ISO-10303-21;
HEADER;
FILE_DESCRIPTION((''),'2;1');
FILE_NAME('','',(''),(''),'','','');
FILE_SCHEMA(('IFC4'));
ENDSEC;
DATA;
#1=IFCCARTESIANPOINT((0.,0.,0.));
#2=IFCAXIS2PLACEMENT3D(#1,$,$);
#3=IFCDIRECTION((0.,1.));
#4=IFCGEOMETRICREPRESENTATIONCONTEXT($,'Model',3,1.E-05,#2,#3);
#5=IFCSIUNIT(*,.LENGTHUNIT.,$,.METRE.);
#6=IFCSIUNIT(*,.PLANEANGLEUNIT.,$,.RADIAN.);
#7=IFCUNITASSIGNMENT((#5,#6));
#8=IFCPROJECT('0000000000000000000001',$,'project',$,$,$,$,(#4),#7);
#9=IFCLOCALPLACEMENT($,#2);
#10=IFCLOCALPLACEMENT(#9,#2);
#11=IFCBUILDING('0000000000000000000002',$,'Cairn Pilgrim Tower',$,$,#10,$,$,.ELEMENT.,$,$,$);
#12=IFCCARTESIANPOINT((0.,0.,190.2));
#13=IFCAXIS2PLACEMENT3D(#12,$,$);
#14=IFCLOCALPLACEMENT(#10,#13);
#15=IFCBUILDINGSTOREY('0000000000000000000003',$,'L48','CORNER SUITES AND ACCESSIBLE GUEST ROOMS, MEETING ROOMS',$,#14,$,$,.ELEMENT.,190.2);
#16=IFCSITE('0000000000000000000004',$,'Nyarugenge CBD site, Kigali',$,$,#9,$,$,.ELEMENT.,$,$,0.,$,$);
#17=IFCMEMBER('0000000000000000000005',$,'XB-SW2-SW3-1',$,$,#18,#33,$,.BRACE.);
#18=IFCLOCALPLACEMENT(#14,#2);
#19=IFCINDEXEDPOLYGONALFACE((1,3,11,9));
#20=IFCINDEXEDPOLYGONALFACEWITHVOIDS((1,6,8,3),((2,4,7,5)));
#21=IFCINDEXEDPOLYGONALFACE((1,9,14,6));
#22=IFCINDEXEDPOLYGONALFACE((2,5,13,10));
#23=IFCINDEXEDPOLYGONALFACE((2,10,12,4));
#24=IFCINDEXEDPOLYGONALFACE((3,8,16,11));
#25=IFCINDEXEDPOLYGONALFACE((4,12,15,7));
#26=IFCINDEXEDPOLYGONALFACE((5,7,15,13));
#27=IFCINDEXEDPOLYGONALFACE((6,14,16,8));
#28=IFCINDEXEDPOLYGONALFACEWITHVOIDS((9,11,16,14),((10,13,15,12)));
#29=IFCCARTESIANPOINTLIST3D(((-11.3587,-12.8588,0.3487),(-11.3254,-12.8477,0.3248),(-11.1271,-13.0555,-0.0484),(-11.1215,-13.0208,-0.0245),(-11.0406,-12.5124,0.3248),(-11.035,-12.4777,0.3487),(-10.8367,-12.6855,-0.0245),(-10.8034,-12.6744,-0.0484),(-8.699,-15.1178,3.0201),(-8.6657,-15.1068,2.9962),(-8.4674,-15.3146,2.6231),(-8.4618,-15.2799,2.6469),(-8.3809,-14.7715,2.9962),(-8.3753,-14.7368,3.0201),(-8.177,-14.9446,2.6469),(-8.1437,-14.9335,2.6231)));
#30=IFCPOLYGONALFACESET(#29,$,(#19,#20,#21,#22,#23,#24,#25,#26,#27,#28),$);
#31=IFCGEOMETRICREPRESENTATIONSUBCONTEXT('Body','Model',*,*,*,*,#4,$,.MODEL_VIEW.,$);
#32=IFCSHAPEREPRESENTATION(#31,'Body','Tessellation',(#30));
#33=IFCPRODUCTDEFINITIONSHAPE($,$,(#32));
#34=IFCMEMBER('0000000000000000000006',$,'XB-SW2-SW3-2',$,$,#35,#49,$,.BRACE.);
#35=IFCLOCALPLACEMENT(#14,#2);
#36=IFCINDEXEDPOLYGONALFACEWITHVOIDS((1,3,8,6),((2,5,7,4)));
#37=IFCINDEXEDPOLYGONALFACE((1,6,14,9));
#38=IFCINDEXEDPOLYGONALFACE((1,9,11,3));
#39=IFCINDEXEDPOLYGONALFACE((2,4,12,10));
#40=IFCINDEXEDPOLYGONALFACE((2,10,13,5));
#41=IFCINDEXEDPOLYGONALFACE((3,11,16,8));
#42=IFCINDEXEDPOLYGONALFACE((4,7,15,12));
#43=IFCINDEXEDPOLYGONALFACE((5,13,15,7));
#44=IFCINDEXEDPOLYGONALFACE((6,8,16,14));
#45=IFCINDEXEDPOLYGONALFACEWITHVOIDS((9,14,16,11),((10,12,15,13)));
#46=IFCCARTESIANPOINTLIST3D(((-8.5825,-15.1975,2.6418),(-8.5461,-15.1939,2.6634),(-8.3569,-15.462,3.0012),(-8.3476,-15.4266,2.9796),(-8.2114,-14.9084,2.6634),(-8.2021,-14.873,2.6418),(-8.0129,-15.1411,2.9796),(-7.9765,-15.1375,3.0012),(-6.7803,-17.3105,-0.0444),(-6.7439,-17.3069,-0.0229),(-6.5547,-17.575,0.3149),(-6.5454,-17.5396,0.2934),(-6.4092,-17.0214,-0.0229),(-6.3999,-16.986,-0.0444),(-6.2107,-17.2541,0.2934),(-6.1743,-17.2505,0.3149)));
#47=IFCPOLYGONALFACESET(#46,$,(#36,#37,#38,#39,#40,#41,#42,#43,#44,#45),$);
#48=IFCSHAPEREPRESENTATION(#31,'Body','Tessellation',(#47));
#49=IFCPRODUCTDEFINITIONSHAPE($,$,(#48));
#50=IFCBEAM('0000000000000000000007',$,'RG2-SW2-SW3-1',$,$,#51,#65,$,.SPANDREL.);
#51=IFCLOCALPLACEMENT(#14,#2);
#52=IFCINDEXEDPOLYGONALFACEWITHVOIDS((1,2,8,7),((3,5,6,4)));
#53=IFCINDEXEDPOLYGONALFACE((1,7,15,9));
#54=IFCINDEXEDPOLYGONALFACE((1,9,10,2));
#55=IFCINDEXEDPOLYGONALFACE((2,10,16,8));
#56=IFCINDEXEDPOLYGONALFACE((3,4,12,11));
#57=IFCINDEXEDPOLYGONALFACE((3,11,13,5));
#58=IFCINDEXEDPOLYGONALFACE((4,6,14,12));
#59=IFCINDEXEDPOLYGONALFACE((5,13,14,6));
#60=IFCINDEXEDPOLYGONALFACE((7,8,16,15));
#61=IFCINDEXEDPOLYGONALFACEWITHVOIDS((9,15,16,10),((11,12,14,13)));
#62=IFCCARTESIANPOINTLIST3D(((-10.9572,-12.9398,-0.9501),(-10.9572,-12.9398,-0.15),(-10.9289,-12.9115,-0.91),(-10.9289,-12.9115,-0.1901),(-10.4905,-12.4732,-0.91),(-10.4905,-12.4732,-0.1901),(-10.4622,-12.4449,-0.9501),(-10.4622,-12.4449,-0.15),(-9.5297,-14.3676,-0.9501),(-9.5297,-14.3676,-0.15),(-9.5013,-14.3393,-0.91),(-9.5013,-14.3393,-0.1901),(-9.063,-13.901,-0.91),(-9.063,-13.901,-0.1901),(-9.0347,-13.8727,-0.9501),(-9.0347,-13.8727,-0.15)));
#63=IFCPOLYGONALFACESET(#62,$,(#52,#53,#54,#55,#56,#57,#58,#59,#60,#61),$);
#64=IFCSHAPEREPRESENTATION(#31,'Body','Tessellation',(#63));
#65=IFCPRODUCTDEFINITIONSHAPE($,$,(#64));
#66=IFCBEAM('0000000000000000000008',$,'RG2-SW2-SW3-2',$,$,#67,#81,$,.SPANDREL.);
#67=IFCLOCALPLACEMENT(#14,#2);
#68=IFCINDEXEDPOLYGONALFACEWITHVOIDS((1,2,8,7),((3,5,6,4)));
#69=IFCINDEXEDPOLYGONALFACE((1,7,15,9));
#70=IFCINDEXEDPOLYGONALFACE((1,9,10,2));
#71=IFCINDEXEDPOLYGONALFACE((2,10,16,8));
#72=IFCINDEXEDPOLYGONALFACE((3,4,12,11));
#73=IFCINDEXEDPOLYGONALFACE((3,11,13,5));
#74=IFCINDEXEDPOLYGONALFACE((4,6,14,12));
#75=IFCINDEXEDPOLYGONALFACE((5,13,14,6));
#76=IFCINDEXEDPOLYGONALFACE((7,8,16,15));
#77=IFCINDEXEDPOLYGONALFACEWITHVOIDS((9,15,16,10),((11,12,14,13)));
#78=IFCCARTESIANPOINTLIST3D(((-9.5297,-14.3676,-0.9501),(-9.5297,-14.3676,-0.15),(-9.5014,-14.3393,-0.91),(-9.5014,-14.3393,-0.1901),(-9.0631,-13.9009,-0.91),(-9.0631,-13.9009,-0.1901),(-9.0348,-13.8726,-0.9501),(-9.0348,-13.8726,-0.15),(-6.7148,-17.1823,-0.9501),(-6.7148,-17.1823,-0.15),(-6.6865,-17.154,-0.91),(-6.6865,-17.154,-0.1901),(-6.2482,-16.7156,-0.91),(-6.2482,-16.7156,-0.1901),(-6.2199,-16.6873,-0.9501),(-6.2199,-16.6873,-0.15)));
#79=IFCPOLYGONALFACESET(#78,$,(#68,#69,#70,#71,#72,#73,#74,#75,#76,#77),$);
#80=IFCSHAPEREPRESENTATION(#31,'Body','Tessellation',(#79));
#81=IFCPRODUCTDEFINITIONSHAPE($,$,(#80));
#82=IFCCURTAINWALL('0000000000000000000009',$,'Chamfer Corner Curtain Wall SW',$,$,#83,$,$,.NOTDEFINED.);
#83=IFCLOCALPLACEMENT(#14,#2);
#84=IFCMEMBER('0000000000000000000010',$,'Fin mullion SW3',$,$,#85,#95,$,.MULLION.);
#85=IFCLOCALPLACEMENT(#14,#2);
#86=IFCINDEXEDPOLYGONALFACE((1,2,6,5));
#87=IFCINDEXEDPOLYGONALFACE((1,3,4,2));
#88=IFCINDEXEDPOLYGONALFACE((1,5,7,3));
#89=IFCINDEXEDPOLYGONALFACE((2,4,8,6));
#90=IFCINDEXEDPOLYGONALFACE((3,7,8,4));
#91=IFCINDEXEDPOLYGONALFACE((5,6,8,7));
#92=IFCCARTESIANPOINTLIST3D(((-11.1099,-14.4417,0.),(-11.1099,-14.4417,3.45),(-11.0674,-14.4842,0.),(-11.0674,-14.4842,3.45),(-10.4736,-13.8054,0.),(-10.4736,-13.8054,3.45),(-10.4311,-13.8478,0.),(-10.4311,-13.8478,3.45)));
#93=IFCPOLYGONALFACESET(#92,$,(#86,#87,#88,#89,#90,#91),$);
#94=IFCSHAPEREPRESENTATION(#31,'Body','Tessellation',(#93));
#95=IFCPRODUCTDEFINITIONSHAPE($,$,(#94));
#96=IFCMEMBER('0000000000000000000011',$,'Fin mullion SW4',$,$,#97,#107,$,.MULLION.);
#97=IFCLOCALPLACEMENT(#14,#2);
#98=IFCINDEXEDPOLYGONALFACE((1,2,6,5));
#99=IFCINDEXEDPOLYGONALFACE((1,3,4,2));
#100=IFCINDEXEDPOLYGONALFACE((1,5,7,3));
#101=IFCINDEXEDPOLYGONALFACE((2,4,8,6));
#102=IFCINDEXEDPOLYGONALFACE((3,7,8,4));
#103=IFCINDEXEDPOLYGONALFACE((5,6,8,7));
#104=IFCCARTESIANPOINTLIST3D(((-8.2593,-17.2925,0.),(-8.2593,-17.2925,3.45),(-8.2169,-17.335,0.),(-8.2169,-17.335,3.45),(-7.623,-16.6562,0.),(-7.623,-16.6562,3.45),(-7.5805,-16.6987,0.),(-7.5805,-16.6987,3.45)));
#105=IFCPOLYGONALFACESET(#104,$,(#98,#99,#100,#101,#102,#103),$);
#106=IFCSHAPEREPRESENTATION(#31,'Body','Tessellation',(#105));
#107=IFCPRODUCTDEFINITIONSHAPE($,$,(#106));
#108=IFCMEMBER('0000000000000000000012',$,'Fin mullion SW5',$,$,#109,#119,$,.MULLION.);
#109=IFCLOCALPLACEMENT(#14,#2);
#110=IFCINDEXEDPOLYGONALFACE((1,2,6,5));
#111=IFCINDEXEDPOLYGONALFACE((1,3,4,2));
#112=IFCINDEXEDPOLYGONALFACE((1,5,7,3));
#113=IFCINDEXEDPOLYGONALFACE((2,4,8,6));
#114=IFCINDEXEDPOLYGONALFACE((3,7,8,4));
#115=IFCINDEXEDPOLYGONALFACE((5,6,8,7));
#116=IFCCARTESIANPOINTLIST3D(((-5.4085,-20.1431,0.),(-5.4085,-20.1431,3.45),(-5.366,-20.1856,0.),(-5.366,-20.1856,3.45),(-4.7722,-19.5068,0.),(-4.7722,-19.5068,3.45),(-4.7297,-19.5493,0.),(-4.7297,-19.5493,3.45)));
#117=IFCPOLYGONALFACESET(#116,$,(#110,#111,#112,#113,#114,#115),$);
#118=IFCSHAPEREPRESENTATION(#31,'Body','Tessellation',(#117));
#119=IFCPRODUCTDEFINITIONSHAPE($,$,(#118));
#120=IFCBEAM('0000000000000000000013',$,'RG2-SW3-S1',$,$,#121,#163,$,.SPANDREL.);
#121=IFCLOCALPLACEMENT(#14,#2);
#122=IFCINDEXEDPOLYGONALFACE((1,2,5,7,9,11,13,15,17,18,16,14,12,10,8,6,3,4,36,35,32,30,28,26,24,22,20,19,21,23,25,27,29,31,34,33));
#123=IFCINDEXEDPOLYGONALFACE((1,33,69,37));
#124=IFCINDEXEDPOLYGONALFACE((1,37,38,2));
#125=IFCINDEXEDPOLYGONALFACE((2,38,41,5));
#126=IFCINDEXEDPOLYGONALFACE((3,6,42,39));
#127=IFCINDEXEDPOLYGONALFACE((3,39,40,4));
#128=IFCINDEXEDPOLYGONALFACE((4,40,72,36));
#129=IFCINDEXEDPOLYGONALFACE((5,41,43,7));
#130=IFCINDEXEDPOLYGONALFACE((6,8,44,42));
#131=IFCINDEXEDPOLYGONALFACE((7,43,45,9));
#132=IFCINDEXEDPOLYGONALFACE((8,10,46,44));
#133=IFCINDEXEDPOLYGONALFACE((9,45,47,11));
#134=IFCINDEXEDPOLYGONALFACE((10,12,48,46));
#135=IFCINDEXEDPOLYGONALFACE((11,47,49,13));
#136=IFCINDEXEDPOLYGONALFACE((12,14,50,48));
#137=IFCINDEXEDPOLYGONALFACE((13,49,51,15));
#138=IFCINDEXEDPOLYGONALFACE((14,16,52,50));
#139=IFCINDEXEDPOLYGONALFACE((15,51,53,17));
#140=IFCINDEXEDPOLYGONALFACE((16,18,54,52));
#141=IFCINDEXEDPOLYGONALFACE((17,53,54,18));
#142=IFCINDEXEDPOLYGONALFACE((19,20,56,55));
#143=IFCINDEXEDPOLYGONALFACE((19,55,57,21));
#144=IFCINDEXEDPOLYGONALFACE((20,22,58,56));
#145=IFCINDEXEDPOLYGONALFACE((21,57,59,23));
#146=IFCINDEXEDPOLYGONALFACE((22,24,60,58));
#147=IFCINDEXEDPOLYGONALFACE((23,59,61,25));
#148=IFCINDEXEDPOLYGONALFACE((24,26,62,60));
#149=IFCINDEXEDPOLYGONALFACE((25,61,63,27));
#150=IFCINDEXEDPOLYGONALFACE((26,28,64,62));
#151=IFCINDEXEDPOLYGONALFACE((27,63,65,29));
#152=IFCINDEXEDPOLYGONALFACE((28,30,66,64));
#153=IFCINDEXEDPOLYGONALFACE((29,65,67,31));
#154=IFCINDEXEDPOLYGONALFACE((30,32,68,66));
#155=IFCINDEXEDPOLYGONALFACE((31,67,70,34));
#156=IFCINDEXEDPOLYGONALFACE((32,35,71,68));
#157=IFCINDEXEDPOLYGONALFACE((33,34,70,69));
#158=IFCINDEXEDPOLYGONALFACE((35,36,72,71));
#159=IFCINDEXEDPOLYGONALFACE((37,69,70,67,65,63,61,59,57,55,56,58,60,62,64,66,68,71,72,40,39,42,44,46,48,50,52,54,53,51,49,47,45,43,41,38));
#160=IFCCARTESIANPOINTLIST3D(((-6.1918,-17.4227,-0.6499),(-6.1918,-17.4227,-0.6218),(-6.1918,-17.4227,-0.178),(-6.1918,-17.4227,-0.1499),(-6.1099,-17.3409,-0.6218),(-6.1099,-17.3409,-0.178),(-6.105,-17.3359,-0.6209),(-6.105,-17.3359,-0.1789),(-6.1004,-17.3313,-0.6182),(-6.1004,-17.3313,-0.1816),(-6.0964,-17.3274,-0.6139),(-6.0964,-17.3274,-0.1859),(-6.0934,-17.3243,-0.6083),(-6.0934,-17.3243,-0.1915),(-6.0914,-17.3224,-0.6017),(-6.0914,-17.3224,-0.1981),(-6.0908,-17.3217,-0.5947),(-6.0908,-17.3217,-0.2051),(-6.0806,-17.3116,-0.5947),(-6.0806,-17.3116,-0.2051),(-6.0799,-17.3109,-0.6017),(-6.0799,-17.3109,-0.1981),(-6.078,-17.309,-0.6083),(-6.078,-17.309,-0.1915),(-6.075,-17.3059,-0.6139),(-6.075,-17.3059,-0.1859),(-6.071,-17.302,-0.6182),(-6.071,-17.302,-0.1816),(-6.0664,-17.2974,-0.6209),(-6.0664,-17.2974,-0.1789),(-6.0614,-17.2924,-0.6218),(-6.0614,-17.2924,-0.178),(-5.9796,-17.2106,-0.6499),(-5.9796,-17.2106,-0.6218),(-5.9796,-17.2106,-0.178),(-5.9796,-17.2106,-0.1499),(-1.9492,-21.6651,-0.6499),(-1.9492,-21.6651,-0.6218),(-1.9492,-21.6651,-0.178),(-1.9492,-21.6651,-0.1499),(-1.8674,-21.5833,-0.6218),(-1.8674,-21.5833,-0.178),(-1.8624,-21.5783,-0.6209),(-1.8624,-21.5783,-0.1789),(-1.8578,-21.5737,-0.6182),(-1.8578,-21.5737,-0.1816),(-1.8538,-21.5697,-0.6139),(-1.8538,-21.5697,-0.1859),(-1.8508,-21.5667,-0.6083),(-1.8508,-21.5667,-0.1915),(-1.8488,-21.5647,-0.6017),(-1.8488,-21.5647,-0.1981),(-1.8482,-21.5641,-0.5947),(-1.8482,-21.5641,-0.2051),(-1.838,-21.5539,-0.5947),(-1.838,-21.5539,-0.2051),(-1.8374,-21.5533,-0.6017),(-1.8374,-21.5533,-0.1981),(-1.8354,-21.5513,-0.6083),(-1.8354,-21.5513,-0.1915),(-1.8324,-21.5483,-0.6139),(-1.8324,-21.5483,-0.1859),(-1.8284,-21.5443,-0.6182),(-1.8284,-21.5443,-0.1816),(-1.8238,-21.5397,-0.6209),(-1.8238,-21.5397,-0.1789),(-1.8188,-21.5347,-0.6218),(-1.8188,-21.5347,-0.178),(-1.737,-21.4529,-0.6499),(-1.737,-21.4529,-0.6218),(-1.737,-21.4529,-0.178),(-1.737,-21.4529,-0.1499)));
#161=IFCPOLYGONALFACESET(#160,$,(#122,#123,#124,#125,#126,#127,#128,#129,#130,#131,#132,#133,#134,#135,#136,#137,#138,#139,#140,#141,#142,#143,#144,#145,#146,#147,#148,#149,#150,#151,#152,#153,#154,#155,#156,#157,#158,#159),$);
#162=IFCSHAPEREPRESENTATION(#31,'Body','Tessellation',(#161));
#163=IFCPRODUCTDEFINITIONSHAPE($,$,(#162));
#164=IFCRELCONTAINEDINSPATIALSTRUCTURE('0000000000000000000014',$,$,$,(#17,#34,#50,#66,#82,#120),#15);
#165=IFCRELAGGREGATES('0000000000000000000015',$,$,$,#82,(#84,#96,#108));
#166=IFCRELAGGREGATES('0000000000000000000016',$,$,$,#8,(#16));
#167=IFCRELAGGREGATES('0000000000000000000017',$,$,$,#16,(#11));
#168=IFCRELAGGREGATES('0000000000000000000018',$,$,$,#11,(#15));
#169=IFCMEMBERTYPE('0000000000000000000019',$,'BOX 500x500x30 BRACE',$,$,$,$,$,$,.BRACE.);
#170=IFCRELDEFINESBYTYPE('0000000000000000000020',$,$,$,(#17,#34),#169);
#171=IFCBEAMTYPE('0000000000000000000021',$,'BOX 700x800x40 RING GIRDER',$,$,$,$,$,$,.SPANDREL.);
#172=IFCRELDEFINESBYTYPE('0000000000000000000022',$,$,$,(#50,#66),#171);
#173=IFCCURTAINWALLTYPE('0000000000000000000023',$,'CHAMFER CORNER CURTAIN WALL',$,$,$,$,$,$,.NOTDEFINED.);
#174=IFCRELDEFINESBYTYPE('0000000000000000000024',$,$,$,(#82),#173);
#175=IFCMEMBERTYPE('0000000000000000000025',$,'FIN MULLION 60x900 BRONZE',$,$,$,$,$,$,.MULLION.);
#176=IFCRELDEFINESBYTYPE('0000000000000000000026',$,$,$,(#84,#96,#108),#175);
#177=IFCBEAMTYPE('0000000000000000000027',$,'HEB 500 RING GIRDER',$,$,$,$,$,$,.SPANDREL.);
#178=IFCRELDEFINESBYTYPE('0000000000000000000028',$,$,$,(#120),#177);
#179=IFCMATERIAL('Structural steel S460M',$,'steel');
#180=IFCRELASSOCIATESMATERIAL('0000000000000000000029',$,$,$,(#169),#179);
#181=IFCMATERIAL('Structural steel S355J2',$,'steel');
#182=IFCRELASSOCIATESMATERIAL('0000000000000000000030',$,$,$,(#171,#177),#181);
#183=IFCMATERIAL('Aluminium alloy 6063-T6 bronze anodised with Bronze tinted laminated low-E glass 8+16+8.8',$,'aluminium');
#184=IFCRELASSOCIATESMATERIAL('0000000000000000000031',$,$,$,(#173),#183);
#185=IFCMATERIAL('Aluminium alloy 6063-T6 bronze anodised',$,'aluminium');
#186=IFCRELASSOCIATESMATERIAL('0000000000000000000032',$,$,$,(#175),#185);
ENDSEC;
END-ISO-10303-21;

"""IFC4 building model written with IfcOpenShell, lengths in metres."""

from ifc_helpers import new_model, si_unit, direction, frame, origin, origin_2d, place, context, subcontext, project, spatial, rectangle, hollow_rectangle, i_section, extrude, material, material_profile, profile_set, type_object, element, aggregate, save


model = new_model("IFC4")

# Units and contexts
model_context = context("Model", 3, precision=1e-05, world=origin(), true_north=direction((0.0, 1.0)))
body_context = subcontext(model_context, "Body", "Model", "MODEL_VIEW")
ifc_project = project(units=[si_unit("LENGTHUNIT", "METRE"), si_unit("PLANEANGLEUNIT", "RADIAN")], contexts=[model_context])

# Site, building, storey
site_placement = place(None, origin())
site = spatial("IfcSite", under=ifc_project, at=site_placement, Name="Nyarugenge CBD site, Kigali", CompositionType="ELEMENT", RefElevation=0.0)
building_placement = place(site_placement, origin())
building = spatial("IfcBuilding", under=site, at=building_placement, Name="Cairn Pilgrim Tower", CompositionType="ELEMENT")
storey_placement = place(building_placement, frame((0.0, 0.0, 190.2)))
storey = spatial("IfcBuildingStorey", under=building, at=storey_placement, Name="L48", Description="CORNER SUITES AND ACCESSIBLE GUEST ROOMS, MEETING ROOMS", CompositionType="ELEMENT", Elevation=190.2)

# Shared definitions
ifc_material_1 = material(Name="Structural steel S460M", Category="steel")

# Members
ifc_material_profile_1 = material_profile(ifc_material_1, hollow_rectangle(XDim=0.5, YDim=0.5, WallThickness=0.03, at=origin_2d()), Name="BOX 500x500x30")
ifc_profile_set_1 = profile_set([ifc_material_profile_1], Name="Structural steel S460M")
member_type_1 = type_object("IfcMemberType", Name="BOX 500x500x30 BRACE", PredefinedType="BRACE", material=ifc_profile_set_1)
member_1_placement = place(storey_placement, frame((-11.0811, -12.7666, 0.1501), z_axis=(0.605199, -0.514036, 0.607866), x_axis=(0.647368, 0.762177, 0.0)))
element("IfcMember", 1, at=member_1_placement, inside=storey, type_object=member_type_1, Name="XB-SW2-SW3-1", PredefinedType="BRACE", context=body_context, shape_type="SweptSolid", body=[
    extrude(hollow_rectangle(XDim=0.5, YDim=0.5, WallThickness=0.03, at=origin_2d()), origin(), (0.0, 0.0, 1.0), 4.3948),
])
member_2_placement = place(storey_placement, frame((-6.4773, -17.2805, 0.1353), z_axis=(-0.466441, 0.546878, 0.695239), x_axis=(-0.760843, -0.648936, 0.0)))
element("IfcMember", 2, at=member_2_placement, inside=storey, type_object=member_type_1, Name="XB-SW2-SW3-2", PredefinedType="BRACE", context=body_context, shape_type="SweptSolid", body=[
    extrude(hollow_rectangle(XDim=0.5, YDim=0.5, WallThickness=0.03, at=origin_2d()), origin(), (0.0, 0.0, 1.0), 3.8638),
])

# Beams
ifc_material_2 = material(Name="Structural steel S355J2", Category="steel")
ifc_material_profile_2 = material_profile(ifc_material_2, hollow_rectangle(XDim=0.7, YDim=0.8, WallThickness=0.04, at=origin_2d()), Name="BOX 700x800x40")
ifc_profile_set_2 = profile_set([ifc_material_profile_2], Name="Structural steel S355J2")
beam_type_1 = type_object("IfcBeamType", Name="BOX 700x800x40 RING GIRDER", PredefinedType="SPANDREL", material=ifc_profile_set_2)
beam_1_placement = place(storey_placement, frame((-10.7097, -12.6924, -0.55), z_axis=(0.707046, -0.707167, 0.0), x_axis=(0.707167, 0.707046, 0.0)))
element("IfcBeam", 3, at=beam_1_placement, inside=storey, type_object=beam_type_1, Name="RG2-SW2-SW3-1", PredefinedType="SPANDREL", context=body_context, shape_type="SweptSolid", body=[
    extrude(hollow_rectangle(XDim=0.7, YDim=0.8, WallThickness=0.04, at=origin_2d()), origin(), (0.0, 0.0, 1.0), 2.019),
])
beam_2_placement = place(storey_placement, frame((-9.2822, -14.1201, -0.55), z_axis=(0.707137, -0.707076, 0.0), x_axis=(0.707076, 0.707137, 0.0)))
element("IfcBeam", 4, at=beam_2_placement, inside=storey, type_object=beam_type_1, Name="RG2-SW2-SW3-2", PredefinedType="SPANDREL", context=body_context, shape_type="SweptSolid", body=[
    extrude(hollow_rectangle(XDim=0.7, YDim=0.8, WallThickness=0.04, at=origin_2d()), origin(), (0.0, 0.0, 1.0), 3.9807),
])

# Curtain wall, members
ifc_material_3 = material(Name="Aluminium alloy 6063-T6 bronze anodised with Bronze tinted laminated low-E glass 8+16+8.8", Category="aluminium")
curtain_wall_type = type_object("IfcCurtainWallType", Name="CHAMFER CORNER CURTAIN WALL", PredefinedType="NOTDEFINED", material=ifc_material_3)
curtain_wall_placement = place(storey_placement, origin())
curtain_wall = element("IfcCurtainWall", 5, at=curtain_wall_placement, inside=storey, type_object=curtain_wall_type, Name="Chamfer Corner Curtain Wall SW", PredefinedType="NOTDEFINED")
ifc_material_4 = material(Name="Aluminium alloy 6063-T6 bronze anodised", Category="aluminium")
ifc_material_profile_3 = material_profile(ifc_material_4, rectangle(XDim=0.8999, YDim=0.0601, at=origin_2d()), Name="FIN MULLION 60x900 BRONZE")
ifc_profile_set_3 = profile_set([ifc_material_profile_3], Name="Aluminium alloy 6063-T6 bronze anodised")
member_type_2 = type_object("IfcMemberType", Name="FIN MULLION 60x900 BRONZE", PredefinedType="MULLION", material=ifc_profile_set_3)
member_3_placement = place(storey_placement, frame((-10.7705, -14.1448, 0.0), z_axis=(0.0, 0.0, 1.0), x_axis=(-0.707107, -0.707107, 0.0)))
member_3 = element("IfcMember", 6, at=member_3_placement, type_object=member_type_2, Name="Fin mullion SW3", PredefinedType="MULLION", context=body_context, shape_type="SweptSolid", body=[
    extrude(rectangle(XDim=0.8999, YDim=0.0601, at=origin_2d()), origin(), (0.0, 0.0, 1.0), 3.45),
])
member_4_placement = place(storey_placement, frame((-7.9199, -16.9956, 0.0), z_axis=(0.0, 0.0, 1.0), x_axis=(-0.707107, -0.707107, 0.0)))
member_4 = element("IfcMember", 7, at=member_4_placement, type_object=member_type_2, Name="Fin mullion SW4", PredefinedType="MULLION", context=body_context, shape_type="SweptSolid", body=[
    extrude(rectangle(XDim=0.8999, YDim=0.0601, at=origin_2d()), origin(), (0.0, 0.0, 1.0), 3.45),
])
member_5_placement = place(storey_placement, frame((-5.0691, -19.8462, 0.0), z_axis=(0.0, 0.0, 1.0), x_axis=(-0.707107, -0.707107, 0.0)))
member_5 = element("IfcMember", 8, at=member_5_placement, type_object=member_type_2, Name="Fin mullion SW5", PredefinedType="MULLION", context=body_context, shape_type="SweptSolid", body=[
    extrude(rectangle(XDim=0.8999, YDim=0.0601, at=origin_2d()), origin(), (0.0, 0.0, 1.0), 3.45),
])

# Beam
ifc_material_profile_4 = material_profile(ifc_material_2, i_section(OverallWidth=0.3, OverallDepth=0.5, WebThickness=0.0144, FlangeThickness=0.0281, FilletRadius=0.0271, at=origin_2d()), Name="HEB 500")
ifc_profile_set_4 = profile_set([ifc_material_profile_4], Name="Structural steel S355J2")
beam_type_2 = type_object("IfcBeamType", Name="HEB 500 RING GIRDER", PredefinedType="SPANDREL", material=ifc_profile_set_4)
beam_3_placement = place(storey_placement, frame((-6.0857, -17.3167, -0.3999), z_axis=(0.707127, -0.707086, 0.0), x_axis=(0.707086, 0.707127, 0.0)))
element("IfcBeam", 9, at=beam_3_placement, inside=storey, type_object=beam_type_2, Name="RG2-SW3-S1", PredefinedType="SPANDREL", context=body_context, shape_type="SweptSolid", body=[
    extrude(i_section(OverallWidth=0.3, OverallDepth=0.5, WebThickness=0.0144, FlangeThickness=0.0281, FilletRadius=0.0271, at=origin_2d()), origin(), (0.0, 0.0, 1.0), 5.9998),
])

aggregate(curtain_wall, [member_3, member_4, member_5])

save(model, "model.ifc")
